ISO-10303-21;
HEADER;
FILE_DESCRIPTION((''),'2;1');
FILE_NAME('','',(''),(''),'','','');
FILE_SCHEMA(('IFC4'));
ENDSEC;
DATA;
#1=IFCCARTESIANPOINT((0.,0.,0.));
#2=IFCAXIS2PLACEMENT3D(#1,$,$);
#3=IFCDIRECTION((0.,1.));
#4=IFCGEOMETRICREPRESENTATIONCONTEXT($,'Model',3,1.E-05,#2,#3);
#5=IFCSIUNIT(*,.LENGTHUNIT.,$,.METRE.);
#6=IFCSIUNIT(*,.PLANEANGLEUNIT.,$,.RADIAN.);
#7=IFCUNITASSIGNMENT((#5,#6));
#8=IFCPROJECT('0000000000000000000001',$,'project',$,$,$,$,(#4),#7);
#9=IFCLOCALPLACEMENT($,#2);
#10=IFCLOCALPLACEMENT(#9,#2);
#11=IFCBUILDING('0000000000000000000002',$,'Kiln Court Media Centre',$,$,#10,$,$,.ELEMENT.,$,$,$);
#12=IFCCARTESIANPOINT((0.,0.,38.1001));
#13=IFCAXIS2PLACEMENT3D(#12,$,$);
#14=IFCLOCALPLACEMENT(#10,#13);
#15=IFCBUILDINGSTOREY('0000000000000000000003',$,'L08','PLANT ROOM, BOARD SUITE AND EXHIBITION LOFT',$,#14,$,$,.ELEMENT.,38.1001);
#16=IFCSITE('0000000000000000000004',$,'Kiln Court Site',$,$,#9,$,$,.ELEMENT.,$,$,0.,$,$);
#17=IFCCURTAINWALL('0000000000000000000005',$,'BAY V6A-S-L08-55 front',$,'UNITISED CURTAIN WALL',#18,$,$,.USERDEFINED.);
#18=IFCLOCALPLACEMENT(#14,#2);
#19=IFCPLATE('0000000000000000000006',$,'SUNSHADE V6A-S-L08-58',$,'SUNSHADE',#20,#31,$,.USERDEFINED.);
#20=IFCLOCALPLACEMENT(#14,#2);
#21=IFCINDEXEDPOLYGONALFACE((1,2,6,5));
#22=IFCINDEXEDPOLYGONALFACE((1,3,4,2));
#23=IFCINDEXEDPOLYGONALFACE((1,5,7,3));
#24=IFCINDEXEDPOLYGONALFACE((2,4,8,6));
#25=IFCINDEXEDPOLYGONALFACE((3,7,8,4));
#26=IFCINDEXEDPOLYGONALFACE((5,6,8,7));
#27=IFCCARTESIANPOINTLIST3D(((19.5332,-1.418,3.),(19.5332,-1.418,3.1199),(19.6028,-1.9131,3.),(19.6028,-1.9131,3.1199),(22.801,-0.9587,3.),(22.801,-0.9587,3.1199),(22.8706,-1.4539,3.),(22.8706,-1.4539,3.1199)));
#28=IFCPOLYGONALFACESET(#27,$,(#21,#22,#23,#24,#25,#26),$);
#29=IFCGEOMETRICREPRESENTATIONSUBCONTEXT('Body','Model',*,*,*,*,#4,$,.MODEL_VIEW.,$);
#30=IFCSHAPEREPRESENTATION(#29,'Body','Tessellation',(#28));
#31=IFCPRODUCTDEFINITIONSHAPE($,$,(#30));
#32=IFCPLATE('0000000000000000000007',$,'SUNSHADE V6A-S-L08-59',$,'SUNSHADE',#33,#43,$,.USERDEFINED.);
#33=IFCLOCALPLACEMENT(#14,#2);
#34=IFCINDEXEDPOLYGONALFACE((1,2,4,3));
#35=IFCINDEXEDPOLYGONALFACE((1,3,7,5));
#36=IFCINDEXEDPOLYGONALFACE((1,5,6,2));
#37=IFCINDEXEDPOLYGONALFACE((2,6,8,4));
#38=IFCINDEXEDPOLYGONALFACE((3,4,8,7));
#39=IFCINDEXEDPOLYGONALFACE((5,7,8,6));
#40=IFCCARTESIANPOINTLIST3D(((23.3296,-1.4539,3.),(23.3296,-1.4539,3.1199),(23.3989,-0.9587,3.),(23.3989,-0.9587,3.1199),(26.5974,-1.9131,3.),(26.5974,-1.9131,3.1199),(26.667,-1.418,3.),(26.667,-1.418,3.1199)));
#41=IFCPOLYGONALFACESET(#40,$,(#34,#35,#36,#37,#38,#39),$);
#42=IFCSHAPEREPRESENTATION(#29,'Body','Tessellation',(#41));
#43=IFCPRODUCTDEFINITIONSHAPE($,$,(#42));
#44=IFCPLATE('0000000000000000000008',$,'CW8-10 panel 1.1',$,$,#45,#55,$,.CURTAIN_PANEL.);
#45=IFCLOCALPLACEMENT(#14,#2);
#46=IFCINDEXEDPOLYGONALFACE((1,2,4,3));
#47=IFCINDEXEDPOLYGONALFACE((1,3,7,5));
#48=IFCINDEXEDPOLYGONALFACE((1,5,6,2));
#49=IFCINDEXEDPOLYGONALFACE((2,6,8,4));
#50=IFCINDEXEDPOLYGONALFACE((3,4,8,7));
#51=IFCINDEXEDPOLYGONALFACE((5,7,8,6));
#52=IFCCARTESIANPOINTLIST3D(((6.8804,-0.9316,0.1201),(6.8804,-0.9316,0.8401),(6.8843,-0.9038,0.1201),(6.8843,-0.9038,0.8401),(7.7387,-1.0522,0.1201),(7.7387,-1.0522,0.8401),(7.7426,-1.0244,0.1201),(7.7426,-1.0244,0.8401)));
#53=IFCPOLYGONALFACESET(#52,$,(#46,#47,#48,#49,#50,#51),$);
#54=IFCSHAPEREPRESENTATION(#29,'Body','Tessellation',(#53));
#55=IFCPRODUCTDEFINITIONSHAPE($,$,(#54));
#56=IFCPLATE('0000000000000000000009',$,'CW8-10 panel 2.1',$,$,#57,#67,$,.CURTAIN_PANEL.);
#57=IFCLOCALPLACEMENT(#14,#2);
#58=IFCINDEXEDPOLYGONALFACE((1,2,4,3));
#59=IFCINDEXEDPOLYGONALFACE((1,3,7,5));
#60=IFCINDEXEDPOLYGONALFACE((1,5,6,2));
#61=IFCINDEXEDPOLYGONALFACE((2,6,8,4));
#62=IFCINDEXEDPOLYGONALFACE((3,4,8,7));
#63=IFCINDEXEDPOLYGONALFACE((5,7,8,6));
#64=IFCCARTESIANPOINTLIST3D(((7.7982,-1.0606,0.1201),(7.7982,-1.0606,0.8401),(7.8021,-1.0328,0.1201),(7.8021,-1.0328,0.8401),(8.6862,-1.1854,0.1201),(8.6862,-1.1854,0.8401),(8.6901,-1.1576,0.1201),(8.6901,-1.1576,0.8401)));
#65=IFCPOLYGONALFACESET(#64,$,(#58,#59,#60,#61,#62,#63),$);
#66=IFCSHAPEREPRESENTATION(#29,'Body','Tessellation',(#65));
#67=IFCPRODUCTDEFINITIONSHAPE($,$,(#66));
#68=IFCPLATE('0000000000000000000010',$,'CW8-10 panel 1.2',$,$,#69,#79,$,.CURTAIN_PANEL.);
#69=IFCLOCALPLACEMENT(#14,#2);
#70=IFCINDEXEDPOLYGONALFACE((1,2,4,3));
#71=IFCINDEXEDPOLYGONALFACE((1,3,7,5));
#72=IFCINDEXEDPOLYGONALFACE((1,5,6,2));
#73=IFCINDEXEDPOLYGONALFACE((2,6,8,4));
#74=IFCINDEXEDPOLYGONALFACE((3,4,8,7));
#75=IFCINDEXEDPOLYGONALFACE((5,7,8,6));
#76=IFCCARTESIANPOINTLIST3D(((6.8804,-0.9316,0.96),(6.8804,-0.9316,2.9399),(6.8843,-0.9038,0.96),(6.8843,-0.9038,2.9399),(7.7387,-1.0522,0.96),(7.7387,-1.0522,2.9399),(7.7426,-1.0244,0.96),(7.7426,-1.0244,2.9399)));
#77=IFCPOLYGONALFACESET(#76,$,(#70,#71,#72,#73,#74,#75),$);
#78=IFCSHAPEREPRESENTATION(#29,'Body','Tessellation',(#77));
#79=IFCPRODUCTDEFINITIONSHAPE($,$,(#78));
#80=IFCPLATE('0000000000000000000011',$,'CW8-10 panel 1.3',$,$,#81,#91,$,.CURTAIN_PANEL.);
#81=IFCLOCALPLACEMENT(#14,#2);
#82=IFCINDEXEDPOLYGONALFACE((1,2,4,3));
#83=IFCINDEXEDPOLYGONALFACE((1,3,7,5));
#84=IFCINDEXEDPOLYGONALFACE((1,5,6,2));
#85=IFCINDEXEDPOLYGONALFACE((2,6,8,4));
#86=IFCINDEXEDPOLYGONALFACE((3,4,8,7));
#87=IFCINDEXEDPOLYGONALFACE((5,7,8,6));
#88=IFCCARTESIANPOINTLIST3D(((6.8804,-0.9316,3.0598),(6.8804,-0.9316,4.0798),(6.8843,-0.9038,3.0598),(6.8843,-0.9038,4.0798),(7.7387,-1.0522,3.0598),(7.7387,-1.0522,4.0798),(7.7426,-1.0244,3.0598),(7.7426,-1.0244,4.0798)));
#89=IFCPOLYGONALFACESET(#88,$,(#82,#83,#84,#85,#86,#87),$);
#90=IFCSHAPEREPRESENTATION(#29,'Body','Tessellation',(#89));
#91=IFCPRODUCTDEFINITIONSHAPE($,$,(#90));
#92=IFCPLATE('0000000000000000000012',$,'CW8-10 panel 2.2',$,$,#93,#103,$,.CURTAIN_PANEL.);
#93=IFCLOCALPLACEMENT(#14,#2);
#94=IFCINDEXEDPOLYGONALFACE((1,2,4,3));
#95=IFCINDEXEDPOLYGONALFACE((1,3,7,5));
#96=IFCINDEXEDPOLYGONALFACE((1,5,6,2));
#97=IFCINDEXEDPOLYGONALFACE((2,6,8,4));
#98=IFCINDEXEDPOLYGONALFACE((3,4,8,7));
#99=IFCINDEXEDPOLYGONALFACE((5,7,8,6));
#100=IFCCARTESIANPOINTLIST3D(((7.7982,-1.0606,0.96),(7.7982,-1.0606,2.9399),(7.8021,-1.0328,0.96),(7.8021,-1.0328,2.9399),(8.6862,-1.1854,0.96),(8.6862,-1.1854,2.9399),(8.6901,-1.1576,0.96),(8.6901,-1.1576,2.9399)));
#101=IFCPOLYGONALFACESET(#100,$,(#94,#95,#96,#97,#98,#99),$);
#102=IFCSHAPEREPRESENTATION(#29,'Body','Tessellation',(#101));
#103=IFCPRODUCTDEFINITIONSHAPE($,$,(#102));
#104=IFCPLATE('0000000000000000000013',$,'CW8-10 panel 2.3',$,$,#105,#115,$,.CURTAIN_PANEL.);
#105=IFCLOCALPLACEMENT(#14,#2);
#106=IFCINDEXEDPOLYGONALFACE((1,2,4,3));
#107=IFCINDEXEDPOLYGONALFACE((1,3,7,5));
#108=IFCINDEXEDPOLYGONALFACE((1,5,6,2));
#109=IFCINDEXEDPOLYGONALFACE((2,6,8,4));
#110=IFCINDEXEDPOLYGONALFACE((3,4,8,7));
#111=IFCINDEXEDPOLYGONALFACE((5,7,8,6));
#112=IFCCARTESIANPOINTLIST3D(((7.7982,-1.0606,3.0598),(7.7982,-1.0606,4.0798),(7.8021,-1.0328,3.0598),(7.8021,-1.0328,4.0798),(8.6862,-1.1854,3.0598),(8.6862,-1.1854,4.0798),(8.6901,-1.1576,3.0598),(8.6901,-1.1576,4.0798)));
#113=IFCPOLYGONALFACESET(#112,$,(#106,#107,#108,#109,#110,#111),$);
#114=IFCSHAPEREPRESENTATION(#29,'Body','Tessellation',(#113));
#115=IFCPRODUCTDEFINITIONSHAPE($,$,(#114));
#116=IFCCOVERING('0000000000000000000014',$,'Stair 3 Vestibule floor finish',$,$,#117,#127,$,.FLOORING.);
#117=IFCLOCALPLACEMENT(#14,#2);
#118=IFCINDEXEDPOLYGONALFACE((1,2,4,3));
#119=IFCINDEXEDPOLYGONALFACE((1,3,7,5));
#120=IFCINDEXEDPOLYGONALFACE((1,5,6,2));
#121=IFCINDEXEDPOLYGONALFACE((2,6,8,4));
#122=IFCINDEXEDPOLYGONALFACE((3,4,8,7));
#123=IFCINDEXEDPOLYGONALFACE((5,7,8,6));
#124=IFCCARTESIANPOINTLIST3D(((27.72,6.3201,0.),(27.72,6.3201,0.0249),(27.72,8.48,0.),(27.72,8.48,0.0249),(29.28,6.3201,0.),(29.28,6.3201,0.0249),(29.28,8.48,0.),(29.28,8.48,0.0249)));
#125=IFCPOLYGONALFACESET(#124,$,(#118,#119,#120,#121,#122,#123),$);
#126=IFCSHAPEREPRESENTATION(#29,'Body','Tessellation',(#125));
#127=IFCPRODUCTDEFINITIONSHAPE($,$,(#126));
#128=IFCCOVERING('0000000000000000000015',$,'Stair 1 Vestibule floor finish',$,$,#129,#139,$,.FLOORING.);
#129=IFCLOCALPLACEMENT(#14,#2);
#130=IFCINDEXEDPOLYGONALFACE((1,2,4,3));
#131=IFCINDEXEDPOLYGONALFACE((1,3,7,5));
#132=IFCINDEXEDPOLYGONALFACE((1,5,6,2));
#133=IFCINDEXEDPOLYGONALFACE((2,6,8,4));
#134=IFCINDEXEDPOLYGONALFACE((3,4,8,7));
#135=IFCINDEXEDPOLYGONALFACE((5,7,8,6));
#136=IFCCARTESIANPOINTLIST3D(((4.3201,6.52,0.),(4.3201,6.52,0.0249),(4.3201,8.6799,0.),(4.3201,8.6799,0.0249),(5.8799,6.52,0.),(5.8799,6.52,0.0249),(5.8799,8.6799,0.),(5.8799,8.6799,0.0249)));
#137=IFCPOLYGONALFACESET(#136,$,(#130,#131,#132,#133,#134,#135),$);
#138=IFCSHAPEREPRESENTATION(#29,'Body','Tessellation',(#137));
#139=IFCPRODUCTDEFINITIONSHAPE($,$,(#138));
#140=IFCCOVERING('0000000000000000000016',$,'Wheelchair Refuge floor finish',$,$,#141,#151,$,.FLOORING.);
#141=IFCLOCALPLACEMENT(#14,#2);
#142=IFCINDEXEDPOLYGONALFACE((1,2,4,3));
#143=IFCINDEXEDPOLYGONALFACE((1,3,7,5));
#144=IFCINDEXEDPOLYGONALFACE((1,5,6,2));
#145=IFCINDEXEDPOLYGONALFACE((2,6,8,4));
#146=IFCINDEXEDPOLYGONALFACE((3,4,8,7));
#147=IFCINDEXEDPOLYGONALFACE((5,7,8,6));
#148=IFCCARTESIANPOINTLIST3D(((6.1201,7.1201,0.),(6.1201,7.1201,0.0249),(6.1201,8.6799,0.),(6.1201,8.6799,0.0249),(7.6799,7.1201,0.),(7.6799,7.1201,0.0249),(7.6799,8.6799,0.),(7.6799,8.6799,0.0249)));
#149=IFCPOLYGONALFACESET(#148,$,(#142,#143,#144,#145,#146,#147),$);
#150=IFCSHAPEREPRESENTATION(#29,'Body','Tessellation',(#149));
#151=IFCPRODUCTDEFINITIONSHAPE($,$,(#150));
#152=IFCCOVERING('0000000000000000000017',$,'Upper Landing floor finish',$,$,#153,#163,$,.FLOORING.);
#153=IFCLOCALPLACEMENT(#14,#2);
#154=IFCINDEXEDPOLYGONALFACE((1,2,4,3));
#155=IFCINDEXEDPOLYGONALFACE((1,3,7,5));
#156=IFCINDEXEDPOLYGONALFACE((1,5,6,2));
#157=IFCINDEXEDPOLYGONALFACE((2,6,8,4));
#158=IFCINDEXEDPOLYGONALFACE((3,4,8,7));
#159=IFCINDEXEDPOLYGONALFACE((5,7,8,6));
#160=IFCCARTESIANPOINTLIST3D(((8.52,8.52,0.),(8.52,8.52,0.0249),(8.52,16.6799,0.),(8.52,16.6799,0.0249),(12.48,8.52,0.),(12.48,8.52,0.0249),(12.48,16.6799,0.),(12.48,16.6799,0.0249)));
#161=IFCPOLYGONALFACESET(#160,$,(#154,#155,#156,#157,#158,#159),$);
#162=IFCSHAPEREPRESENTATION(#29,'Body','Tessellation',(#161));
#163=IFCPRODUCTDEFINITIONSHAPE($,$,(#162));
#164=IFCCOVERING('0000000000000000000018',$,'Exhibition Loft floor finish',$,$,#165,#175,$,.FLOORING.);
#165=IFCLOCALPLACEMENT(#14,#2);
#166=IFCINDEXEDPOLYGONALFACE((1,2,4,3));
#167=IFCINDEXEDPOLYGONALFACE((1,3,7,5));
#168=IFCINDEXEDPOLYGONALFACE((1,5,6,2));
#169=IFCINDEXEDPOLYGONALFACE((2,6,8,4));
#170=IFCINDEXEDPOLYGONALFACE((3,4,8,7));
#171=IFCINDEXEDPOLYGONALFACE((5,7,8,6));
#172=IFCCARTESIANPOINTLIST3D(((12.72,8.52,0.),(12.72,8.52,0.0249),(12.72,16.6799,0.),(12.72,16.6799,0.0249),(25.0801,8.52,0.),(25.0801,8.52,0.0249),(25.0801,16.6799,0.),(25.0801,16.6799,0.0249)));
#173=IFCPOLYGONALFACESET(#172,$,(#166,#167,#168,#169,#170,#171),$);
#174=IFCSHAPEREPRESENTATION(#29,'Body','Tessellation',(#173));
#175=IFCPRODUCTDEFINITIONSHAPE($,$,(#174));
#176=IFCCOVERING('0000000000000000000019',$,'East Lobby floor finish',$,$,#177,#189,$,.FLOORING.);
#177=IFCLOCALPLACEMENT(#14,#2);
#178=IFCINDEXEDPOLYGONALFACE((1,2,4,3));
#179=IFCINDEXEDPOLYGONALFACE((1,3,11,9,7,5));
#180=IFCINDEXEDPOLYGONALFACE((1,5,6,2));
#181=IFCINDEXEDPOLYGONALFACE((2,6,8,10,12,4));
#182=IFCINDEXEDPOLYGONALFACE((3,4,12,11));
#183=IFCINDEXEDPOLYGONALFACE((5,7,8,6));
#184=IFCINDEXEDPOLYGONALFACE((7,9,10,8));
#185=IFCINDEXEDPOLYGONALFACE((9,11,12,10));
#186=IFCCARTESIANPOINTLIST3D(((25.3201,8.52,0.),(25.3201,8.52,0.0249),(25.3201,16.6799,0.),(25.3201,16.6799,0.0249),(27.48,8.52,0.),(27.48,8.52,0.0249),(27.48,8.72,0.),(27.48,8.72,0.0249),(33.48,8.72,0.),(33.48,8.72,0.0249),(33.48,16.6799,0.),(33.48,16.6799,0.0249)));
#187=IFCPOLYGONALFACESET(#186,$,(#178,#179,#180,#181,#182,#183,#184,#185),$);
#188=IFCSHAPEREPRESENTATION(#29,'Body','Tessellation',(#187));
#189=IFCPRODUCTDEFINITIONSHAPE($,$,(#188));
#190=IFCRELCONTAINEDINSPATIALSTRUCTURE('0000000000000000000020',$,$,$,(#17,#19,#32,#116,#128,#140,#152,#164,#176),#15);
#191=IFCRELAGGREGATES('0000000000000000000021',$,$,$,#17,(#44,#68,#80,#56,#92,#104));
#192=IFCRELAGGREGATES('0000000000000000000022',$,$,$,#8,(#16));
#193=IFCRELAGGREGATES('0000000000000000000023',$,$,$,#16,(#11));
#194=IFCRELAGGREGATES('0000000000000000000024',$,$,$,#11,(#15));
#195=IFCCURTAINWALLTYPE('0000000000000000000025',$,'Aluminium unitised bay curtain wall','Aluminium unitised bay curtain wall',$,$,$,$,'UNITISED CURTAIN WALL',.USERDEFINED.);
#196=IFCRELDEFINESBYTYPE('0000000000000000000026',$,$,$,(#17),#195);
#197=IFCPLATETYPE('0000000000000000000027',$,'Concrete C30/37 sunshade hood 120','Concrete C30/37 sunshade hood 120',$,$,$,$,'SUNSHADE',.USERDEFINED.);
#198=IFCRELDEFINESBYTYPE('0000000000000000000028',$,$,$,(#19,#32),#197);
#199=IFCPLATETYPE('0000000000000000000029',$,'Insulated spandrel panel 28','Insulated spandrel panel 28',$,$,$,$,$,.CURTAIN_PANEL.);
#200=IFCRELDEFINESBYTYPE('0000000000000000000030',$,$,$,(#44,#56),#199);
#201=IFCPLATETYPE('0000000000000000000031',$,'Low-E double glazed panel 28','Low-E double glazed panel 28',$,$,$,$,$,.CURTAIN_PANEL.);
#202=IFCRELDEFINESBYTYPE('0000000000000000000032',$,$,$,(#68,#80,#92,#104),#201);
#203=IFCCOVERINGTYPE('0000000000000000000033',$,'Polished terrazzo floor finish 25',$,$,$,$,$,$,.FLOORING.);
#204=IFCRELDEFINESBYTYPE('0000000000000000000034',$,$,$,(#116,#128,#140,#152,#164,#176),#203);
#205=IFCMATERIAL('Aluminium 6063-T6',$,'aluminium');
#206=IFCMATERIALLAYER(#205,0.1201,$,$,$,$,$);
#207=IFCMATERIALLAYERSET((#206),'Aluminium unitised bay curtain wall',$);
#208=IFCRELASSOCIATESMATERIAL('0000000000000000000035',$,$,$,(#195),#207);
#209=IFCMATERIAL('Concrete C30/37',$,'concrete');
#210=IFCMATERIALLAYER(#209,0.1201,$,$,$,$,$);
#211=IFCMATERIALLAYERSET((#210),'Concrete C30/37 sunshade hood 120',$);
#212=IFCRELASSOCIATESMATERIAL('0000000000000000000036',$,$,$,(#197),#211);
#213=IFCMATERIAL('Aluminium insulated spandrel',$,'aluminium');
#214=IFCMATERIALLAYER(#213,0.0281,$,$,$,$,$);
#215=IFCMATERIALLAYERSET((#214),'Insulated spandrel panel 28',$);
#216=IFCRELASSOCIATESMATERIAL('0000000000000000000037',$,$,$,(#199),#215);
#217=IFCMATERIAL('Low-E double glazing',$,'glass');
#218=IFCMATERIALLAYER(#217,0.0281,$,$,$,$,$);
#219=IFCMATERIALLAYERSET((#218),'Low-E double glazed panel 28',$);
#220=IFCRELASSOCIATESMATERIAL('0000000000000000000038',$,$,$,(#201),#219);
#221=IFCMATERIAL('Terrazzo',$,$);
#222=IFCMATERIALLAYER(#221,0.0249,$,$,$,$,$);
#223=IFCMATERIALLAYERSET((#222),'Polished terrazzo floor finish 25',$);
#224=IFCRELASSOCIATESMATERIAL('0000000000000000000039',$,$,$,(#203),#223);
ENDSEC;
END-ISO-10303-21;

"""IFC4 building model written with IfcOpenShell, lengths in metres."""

from ifc_helpers import new_model, si_unit, direction, frame, origin, origin_2d, place, context, subcontext, project, spatial, polyline, rectangle, outline, extrude, material, layer, layer_set, type_object, element, aggregate, save


model = new_model("IFC4")

# Units and contexts
model_context = context("Model", 3, precision=1e-05, world=origin(), true_north=direction((0.0, 1.0)))
body_context = subcontext(model_context, "Body", "Model", "MODEL_VIEW")
ifc_project = project(units=[si_unit("LENGTHUNIT", "METRE"), si_unit("PLANEANGLEUNIT", "RADIAN")], contexts=[model_context])

# Site, building, storey
site_placement = place(None, origin())
site = spatial("IfcSite", under=ifc_project, at=site_placement, Name="Kiln Court Site", CompositionType="ELEMENT", RefElevation=0.0)
building_placement = place(site_placement, origin())
building = spatial("IfcBuilding", under=site, at=building_placement, Name="Kiln Court Media Centre", CompositionType="ELEMENT")
storey_placement = place(building_placement, frame((0.0, 0.0, 38.1001)))
storey = spatial("IfcBuildingStorey", under=building, at=storey_placement, Name="L08", Description="PLANT ROOM, BOARD SUITE AND EXHIBITION LOFT", CompositionType="ELEMENT", Elevation=38.1001)

# Curtain wall
ifc_material_1 = material(Name="Aluminium 6063-T6", Category="aluminium")
ifc_layer_1 = layer(ifc_material_1, 0.1201)
ifc_layer_set_1 = layer_set([ifc_layer_1], Name="Aluminium unitised bay curtain wall")
curtain_wall_type = type_object("IfcCurtainWallType", Name="Aluminium unitised bay curtain wall", Description="Aluminium unitised bay curtain wall", ElementType="UNITISED CURTAIN WALL", PredefinedType="USERDEFINED", material=ifc_layer_set_1)
curtain_wall_placement = place(storey_placement, origin())
curtain_wall = element("IfcCurtainWall", 1, at=curtain_wall_placement, inside=storey, type_object=curtain_wall_type, Name="BAY V6A-S-L08-55 front", ObjectType="UNITISED CURTAIN WALL", PredefinedType="USERDEFINED")

# Plates
ifc_material_2 = material(Name="Concrete C30/37", Category="concrete")
ifc_layer_2 = layer(ifc_material_2, 0.1201)
ifc_layer_set_2 = layer_set([ifc_layer_2], Name="Concrete C30/37 sunshade hood 120")
plate_type_1 = type_object("IfcPlateType", Name="Concrete C30/37 sunshade hood 120", Description="Concrete C30/37 sunshade hood 120", ElementType="SUNSHADE", PredefinedType="USERDEFINED", material=ifc_layer_set_2)
plate_1_placement = place(storey_placement, frame((0.0, 0.0, 3.0)))
element("IfcPlate", 2, at=plate_1_placement, inside=storey, type_object=plate_type_1, Name="SUNSHADE V6A-S-L08-58", ObjectType="SUNSHADE", PredefinedType="USERDEFINED", context=body_context, shape_type="SweptSolid", body=[
    extrude(outline(polyline([(19.5332, -1.418), (22.801, -0.9587), (22.8706, -1.4539), (19.6028, -1.9131), (19.5332, -1.418)])), origin(), (0.0, 0.0, 1.0), 0.1199),
])
plate_2_placement = place(storey_placement, frame((0.0, 0.0, 3.0)))
element("IfcPlate", 3, at=plate_2_placement, inside=storey, type_object=plate_type_1, Name="SUNSHADE V6A-S-L08-59", ObjectType="SUNSHADE", PredefinedType="USERDEFINED", context=body_context, shape_type="SweptSolid", body=[
    extrude(outline(polyline([(23.3989, -0.9587), (26.667, -1.418), (26.5974, -1.9131), (23.3296, -1.4539), (23.3989, -0.9587)])), origin(), (0.0, 0.0, 1.0), 0.1199),
])

# Plates
ifc_material_3 = material(Name="Aluminium insulated spandrel", Category="aluminium")
ifc_layer_3 = layer(ifc_material_3, 0.0281)
ifc_layer_set_3 = layer_set([ifc_layer_3], Name="Insulated spandrel panel 28")
plate_type_2 = type_object("IfcPlateType", Name="Insulated spandrel panel 28", Description="Insulated spandrel panel 28", PredefinedType="CURTAIN_PANEL", material=ifc_layer_set_3)
plate_3_placement = place(storey_placement, frame((7.3115, -0.978, 0.1201), z_axis=(0.0, 0.0, 1.0), x_axis=(0.99027, -0.139162, 0.0)))
plate_3 = element("IfcPlate", 4, at=plate_3_placement, type_object=plate_type_2, Name="CW8-10 panel 1.1", PredefinedType="CURTAIN_PANEL", context=body_context, shape_type="SweptSolid", body=[
    extrude(rectangle(XDim=0.8667, YDim=0.0281, at=origin_2d()), origin(), (0.0, 0.0, 1.0), 0.72),
])
plate_4_placement = place(storey_placement, frame((8.2441, -1.1091, 0.1201), z_axis=(0.0, 0.0, 1.0), x_axis=(0.99027, -0.139162, 0.0)))
plate_4 = element("IfcPlate", 5, at=plate_4_placement, type_object=plate_type_2, Name="CW8-10 panel 2.1", PredefinedType="CURTAIN_PANEL", context=body_context, shape_type="SweptSolid", body=[
    extrude(rectangle(XDim=0.8967, YDim=0.0281, at=origin_2d()), origin(), (0.0, 0.0, 1.0), 0.72),
])
ifc_material_4 = material(Name="Low-E double glazing", Category="glass")
ifc_layer_4 = layer(ifc_material_4, 0.0281)
ifc_layer_set_4 = layer_set([ifc_layer_4], Name="Low-E double glazed panel 28")
plate_type_3 = type_object("IfcPlateType", Name="Low-E double glazed panel 28", Description="Low-E double glazed panel 28", PredefinedType="CURTAIN_PANEL", material=ifc_layer_set_4)
plate_5_placement = place(storey_placement, frame((7.3115, -0.978, 0.96), z_axis=(0.0, 0.0, 1.0), x_axis=(0.99027, -0.139162, 0.0)))
plate_5 = element("IfcPlate", 6, at=plate_5_placement, type_object=plate_type_3, Name="CW8-10 panel 1.2", PredefinedType="CURTAIN_PANEL", context=body_context, shape_type="SweptSolid", body=[
    extrude(rectangle(XDim=0.8667, YDim=0.0281, at=origin_2d()), origin(), (0.0, 0.0, 1.0), 1.98),
])
plate_6_placement = place(storey_placement, frame((7.3115, -0.978, 3.0598), z_axis=(0.0, 0.0, 1.0), x_axis=(0.99027, -0.139162, 0.0)))
plate_6 = element("IfcPlate", 7, at=plate_6_placement, type_object=plate_type_3, Name="CW8-10 panel 1.3", PredefinedType="CURTAIN_PANEL", context=body_context, shape_type="SweptSolid", body=[
    extrude(rectangle(XDim=0.8667, YDim=0.0281, at=origin_2d()), origin(), (0.0, 0.0, 1.0), 1.02),
])
plate_7_placement = place(storey_placement, frame((8.2441, -1.1091, 0.96), z_axis=(0.0, 0.0, 1.0), x_axis=(0.99027, -0.139162, 0.0)))
plate_7 = element("IfcPlate", 8, at=plate_7_placement, type_object=plate_type_3, Name="CW8-10 panel 2.2", PredefinedType="CURTAIN_PANEL", context=body_context, shape_type="SweptSolid", body=[
    extrude(rectangle(XDim=0.8967, YDim=0.0281, at=origin_2d()), origin(), (0.0, 0.0, 1.0), 1.98),
])
plate_8_placement = place(storey_placement, frame((8.2441, -1.1091, 3.0598), z_axis=(0.0, 0.0, 1.0), x_axis=(0.99027, -0.139162, 0.0)))
plate_8 = element("IfcPlate", 9, at=plate_8_placement, type_object=plate_type_3, Name="CW8-10 panel 2.3", PredefinedType="CURTAIN_PANEL", context=body_context, shape_type="SweptSolid", body=[
    extrude(rectangle(XDim=0.8967, YDim=0.0281, at=origin_2d()), origin(), (0.0, 0.0, 1.0), 1.02),
])
aggregate(curtain_wall, [plate_3, plate_5, plate_6, plate_4, plate_7, plate_8])

# Coverings
ifc_material_5 = material(Name="Terrazzo")
ifc_layer_5 = layer(ifc_material_5, 0.0249)
ifc_layer_set_5 = layer_set([ifc_layer_5], Name="Polished terrazzo floor finish 25")
covering_type = type_object("IfcCoveringType", Name="Polished terrazzo floor finish 25", PredefinedType="FLOORING", material=ifc_layer_set_5)
covering_1_placement = place(storey_placement, origin())
element("IfcCovering", 10, at=covering_1_placement, inside=storey, type_object=covering_type, Name="Stair 3 Vestibule floor finish", PredefinedType="FLOORING", context=body_context, shape_type="SweptSolid", body=[
    extrude(outline(polyline([(27.72, 6.3201), (29.28, 6.3201), (29.28, 8.48), (27.72, 8.48), (27.72, 6.3201)])), origin(), (0.0, 0.0, 1.0), 0.0249),
])
covering_2_placement = place(storey_placement, origin())
element("IfcCovering", 11, at=covering_2_placement, inside=storey, type_object=covering_type, Name="Stair 1 Vestibule floor finish", PredefinedType="FLOORING", context=body_context, shape_type="SweptSolid", body=[
    extrude(outline(polyline([(4.3201, 6.52), (5.8799, 6.52), (5.8799, 8.6799), (4.3201, 8.6799), (4.3201, 6.52)])), origin(), (0.0, 0.0, 1.0), 0.0249),
])
covering_3_placement = place(storey_placement, origin())
element("IfcCovering", 12, at=covering_3_placement, inside=storey, type_object=covering_type, Name="Wheelchair Refuge floor finish", PredefinedType="FLOORING", context=body_context, shape_type="SweptSolid", body=[
    extrude(outline(polyline([(6.1201, 7.1201), (7.6799, 7.1201), (7.6799, 8.6799), (6.1201, 8.6799), (6.1201, 7.1201)])), origin(), (0.0, 0.0, 1.0), 0.0249),
])
covering_4_placement = place(storey_placement, origin())
element("IfcCovering", 13, at=covering_4_placement, inside=storey, type_object=covering_type, Name="Upper Landing floor finish", PredefinedType="FLOORING", context=body_context, shape_type="SweptSolid", body=[
    extrude(outline(polyline([(8.52, 8.52), (12.48, 8.52), (12.48, 16.6799), (8.52, 16.6799), (8.52, 8.52)])), origin(), (0.0, 0.0, 1.0), 0.0249),
])
covering_5_placement = place(storey_placement, origin())
element("IfcCovering", 14, at=covering_5_placement, inside=storey, type_object=covering_type, Name="Exhibition Loft floor finish", PredefinedType="FLOORING", context=body_context, shape_type="SweptSolid", body=[
    extrude(outline(polyline([(12.72, 8.52), (25.0801, 8.52), (25.0801, 16.6799), (12.72, 16.6799), (12.72, 8.52)])), origin(), (0.0, 0.0, 1.0), 0.0249),
])
covering_6_placement = place(storey_placement, origin())
element("IfcCovering", 15, at=covering_6_placement, inside=storey, type_object=covering_type, Name="East Lobby floor finish", PredefinedType="FLOORING", context=body_context, shape_type="SweptSolid", body=[
    extrude(outline(polyline([(25.3201, 8.52), (27.48, 8.52), (27.48, 8.72), (33.48, 8.72), (33.48, 16.6799), (25.3201, 16.6799), (25.3201, 8.52)])), origin(), (0.0, 0.0, 1.0), 0.0249),
])

save(model, "model.ifc")
